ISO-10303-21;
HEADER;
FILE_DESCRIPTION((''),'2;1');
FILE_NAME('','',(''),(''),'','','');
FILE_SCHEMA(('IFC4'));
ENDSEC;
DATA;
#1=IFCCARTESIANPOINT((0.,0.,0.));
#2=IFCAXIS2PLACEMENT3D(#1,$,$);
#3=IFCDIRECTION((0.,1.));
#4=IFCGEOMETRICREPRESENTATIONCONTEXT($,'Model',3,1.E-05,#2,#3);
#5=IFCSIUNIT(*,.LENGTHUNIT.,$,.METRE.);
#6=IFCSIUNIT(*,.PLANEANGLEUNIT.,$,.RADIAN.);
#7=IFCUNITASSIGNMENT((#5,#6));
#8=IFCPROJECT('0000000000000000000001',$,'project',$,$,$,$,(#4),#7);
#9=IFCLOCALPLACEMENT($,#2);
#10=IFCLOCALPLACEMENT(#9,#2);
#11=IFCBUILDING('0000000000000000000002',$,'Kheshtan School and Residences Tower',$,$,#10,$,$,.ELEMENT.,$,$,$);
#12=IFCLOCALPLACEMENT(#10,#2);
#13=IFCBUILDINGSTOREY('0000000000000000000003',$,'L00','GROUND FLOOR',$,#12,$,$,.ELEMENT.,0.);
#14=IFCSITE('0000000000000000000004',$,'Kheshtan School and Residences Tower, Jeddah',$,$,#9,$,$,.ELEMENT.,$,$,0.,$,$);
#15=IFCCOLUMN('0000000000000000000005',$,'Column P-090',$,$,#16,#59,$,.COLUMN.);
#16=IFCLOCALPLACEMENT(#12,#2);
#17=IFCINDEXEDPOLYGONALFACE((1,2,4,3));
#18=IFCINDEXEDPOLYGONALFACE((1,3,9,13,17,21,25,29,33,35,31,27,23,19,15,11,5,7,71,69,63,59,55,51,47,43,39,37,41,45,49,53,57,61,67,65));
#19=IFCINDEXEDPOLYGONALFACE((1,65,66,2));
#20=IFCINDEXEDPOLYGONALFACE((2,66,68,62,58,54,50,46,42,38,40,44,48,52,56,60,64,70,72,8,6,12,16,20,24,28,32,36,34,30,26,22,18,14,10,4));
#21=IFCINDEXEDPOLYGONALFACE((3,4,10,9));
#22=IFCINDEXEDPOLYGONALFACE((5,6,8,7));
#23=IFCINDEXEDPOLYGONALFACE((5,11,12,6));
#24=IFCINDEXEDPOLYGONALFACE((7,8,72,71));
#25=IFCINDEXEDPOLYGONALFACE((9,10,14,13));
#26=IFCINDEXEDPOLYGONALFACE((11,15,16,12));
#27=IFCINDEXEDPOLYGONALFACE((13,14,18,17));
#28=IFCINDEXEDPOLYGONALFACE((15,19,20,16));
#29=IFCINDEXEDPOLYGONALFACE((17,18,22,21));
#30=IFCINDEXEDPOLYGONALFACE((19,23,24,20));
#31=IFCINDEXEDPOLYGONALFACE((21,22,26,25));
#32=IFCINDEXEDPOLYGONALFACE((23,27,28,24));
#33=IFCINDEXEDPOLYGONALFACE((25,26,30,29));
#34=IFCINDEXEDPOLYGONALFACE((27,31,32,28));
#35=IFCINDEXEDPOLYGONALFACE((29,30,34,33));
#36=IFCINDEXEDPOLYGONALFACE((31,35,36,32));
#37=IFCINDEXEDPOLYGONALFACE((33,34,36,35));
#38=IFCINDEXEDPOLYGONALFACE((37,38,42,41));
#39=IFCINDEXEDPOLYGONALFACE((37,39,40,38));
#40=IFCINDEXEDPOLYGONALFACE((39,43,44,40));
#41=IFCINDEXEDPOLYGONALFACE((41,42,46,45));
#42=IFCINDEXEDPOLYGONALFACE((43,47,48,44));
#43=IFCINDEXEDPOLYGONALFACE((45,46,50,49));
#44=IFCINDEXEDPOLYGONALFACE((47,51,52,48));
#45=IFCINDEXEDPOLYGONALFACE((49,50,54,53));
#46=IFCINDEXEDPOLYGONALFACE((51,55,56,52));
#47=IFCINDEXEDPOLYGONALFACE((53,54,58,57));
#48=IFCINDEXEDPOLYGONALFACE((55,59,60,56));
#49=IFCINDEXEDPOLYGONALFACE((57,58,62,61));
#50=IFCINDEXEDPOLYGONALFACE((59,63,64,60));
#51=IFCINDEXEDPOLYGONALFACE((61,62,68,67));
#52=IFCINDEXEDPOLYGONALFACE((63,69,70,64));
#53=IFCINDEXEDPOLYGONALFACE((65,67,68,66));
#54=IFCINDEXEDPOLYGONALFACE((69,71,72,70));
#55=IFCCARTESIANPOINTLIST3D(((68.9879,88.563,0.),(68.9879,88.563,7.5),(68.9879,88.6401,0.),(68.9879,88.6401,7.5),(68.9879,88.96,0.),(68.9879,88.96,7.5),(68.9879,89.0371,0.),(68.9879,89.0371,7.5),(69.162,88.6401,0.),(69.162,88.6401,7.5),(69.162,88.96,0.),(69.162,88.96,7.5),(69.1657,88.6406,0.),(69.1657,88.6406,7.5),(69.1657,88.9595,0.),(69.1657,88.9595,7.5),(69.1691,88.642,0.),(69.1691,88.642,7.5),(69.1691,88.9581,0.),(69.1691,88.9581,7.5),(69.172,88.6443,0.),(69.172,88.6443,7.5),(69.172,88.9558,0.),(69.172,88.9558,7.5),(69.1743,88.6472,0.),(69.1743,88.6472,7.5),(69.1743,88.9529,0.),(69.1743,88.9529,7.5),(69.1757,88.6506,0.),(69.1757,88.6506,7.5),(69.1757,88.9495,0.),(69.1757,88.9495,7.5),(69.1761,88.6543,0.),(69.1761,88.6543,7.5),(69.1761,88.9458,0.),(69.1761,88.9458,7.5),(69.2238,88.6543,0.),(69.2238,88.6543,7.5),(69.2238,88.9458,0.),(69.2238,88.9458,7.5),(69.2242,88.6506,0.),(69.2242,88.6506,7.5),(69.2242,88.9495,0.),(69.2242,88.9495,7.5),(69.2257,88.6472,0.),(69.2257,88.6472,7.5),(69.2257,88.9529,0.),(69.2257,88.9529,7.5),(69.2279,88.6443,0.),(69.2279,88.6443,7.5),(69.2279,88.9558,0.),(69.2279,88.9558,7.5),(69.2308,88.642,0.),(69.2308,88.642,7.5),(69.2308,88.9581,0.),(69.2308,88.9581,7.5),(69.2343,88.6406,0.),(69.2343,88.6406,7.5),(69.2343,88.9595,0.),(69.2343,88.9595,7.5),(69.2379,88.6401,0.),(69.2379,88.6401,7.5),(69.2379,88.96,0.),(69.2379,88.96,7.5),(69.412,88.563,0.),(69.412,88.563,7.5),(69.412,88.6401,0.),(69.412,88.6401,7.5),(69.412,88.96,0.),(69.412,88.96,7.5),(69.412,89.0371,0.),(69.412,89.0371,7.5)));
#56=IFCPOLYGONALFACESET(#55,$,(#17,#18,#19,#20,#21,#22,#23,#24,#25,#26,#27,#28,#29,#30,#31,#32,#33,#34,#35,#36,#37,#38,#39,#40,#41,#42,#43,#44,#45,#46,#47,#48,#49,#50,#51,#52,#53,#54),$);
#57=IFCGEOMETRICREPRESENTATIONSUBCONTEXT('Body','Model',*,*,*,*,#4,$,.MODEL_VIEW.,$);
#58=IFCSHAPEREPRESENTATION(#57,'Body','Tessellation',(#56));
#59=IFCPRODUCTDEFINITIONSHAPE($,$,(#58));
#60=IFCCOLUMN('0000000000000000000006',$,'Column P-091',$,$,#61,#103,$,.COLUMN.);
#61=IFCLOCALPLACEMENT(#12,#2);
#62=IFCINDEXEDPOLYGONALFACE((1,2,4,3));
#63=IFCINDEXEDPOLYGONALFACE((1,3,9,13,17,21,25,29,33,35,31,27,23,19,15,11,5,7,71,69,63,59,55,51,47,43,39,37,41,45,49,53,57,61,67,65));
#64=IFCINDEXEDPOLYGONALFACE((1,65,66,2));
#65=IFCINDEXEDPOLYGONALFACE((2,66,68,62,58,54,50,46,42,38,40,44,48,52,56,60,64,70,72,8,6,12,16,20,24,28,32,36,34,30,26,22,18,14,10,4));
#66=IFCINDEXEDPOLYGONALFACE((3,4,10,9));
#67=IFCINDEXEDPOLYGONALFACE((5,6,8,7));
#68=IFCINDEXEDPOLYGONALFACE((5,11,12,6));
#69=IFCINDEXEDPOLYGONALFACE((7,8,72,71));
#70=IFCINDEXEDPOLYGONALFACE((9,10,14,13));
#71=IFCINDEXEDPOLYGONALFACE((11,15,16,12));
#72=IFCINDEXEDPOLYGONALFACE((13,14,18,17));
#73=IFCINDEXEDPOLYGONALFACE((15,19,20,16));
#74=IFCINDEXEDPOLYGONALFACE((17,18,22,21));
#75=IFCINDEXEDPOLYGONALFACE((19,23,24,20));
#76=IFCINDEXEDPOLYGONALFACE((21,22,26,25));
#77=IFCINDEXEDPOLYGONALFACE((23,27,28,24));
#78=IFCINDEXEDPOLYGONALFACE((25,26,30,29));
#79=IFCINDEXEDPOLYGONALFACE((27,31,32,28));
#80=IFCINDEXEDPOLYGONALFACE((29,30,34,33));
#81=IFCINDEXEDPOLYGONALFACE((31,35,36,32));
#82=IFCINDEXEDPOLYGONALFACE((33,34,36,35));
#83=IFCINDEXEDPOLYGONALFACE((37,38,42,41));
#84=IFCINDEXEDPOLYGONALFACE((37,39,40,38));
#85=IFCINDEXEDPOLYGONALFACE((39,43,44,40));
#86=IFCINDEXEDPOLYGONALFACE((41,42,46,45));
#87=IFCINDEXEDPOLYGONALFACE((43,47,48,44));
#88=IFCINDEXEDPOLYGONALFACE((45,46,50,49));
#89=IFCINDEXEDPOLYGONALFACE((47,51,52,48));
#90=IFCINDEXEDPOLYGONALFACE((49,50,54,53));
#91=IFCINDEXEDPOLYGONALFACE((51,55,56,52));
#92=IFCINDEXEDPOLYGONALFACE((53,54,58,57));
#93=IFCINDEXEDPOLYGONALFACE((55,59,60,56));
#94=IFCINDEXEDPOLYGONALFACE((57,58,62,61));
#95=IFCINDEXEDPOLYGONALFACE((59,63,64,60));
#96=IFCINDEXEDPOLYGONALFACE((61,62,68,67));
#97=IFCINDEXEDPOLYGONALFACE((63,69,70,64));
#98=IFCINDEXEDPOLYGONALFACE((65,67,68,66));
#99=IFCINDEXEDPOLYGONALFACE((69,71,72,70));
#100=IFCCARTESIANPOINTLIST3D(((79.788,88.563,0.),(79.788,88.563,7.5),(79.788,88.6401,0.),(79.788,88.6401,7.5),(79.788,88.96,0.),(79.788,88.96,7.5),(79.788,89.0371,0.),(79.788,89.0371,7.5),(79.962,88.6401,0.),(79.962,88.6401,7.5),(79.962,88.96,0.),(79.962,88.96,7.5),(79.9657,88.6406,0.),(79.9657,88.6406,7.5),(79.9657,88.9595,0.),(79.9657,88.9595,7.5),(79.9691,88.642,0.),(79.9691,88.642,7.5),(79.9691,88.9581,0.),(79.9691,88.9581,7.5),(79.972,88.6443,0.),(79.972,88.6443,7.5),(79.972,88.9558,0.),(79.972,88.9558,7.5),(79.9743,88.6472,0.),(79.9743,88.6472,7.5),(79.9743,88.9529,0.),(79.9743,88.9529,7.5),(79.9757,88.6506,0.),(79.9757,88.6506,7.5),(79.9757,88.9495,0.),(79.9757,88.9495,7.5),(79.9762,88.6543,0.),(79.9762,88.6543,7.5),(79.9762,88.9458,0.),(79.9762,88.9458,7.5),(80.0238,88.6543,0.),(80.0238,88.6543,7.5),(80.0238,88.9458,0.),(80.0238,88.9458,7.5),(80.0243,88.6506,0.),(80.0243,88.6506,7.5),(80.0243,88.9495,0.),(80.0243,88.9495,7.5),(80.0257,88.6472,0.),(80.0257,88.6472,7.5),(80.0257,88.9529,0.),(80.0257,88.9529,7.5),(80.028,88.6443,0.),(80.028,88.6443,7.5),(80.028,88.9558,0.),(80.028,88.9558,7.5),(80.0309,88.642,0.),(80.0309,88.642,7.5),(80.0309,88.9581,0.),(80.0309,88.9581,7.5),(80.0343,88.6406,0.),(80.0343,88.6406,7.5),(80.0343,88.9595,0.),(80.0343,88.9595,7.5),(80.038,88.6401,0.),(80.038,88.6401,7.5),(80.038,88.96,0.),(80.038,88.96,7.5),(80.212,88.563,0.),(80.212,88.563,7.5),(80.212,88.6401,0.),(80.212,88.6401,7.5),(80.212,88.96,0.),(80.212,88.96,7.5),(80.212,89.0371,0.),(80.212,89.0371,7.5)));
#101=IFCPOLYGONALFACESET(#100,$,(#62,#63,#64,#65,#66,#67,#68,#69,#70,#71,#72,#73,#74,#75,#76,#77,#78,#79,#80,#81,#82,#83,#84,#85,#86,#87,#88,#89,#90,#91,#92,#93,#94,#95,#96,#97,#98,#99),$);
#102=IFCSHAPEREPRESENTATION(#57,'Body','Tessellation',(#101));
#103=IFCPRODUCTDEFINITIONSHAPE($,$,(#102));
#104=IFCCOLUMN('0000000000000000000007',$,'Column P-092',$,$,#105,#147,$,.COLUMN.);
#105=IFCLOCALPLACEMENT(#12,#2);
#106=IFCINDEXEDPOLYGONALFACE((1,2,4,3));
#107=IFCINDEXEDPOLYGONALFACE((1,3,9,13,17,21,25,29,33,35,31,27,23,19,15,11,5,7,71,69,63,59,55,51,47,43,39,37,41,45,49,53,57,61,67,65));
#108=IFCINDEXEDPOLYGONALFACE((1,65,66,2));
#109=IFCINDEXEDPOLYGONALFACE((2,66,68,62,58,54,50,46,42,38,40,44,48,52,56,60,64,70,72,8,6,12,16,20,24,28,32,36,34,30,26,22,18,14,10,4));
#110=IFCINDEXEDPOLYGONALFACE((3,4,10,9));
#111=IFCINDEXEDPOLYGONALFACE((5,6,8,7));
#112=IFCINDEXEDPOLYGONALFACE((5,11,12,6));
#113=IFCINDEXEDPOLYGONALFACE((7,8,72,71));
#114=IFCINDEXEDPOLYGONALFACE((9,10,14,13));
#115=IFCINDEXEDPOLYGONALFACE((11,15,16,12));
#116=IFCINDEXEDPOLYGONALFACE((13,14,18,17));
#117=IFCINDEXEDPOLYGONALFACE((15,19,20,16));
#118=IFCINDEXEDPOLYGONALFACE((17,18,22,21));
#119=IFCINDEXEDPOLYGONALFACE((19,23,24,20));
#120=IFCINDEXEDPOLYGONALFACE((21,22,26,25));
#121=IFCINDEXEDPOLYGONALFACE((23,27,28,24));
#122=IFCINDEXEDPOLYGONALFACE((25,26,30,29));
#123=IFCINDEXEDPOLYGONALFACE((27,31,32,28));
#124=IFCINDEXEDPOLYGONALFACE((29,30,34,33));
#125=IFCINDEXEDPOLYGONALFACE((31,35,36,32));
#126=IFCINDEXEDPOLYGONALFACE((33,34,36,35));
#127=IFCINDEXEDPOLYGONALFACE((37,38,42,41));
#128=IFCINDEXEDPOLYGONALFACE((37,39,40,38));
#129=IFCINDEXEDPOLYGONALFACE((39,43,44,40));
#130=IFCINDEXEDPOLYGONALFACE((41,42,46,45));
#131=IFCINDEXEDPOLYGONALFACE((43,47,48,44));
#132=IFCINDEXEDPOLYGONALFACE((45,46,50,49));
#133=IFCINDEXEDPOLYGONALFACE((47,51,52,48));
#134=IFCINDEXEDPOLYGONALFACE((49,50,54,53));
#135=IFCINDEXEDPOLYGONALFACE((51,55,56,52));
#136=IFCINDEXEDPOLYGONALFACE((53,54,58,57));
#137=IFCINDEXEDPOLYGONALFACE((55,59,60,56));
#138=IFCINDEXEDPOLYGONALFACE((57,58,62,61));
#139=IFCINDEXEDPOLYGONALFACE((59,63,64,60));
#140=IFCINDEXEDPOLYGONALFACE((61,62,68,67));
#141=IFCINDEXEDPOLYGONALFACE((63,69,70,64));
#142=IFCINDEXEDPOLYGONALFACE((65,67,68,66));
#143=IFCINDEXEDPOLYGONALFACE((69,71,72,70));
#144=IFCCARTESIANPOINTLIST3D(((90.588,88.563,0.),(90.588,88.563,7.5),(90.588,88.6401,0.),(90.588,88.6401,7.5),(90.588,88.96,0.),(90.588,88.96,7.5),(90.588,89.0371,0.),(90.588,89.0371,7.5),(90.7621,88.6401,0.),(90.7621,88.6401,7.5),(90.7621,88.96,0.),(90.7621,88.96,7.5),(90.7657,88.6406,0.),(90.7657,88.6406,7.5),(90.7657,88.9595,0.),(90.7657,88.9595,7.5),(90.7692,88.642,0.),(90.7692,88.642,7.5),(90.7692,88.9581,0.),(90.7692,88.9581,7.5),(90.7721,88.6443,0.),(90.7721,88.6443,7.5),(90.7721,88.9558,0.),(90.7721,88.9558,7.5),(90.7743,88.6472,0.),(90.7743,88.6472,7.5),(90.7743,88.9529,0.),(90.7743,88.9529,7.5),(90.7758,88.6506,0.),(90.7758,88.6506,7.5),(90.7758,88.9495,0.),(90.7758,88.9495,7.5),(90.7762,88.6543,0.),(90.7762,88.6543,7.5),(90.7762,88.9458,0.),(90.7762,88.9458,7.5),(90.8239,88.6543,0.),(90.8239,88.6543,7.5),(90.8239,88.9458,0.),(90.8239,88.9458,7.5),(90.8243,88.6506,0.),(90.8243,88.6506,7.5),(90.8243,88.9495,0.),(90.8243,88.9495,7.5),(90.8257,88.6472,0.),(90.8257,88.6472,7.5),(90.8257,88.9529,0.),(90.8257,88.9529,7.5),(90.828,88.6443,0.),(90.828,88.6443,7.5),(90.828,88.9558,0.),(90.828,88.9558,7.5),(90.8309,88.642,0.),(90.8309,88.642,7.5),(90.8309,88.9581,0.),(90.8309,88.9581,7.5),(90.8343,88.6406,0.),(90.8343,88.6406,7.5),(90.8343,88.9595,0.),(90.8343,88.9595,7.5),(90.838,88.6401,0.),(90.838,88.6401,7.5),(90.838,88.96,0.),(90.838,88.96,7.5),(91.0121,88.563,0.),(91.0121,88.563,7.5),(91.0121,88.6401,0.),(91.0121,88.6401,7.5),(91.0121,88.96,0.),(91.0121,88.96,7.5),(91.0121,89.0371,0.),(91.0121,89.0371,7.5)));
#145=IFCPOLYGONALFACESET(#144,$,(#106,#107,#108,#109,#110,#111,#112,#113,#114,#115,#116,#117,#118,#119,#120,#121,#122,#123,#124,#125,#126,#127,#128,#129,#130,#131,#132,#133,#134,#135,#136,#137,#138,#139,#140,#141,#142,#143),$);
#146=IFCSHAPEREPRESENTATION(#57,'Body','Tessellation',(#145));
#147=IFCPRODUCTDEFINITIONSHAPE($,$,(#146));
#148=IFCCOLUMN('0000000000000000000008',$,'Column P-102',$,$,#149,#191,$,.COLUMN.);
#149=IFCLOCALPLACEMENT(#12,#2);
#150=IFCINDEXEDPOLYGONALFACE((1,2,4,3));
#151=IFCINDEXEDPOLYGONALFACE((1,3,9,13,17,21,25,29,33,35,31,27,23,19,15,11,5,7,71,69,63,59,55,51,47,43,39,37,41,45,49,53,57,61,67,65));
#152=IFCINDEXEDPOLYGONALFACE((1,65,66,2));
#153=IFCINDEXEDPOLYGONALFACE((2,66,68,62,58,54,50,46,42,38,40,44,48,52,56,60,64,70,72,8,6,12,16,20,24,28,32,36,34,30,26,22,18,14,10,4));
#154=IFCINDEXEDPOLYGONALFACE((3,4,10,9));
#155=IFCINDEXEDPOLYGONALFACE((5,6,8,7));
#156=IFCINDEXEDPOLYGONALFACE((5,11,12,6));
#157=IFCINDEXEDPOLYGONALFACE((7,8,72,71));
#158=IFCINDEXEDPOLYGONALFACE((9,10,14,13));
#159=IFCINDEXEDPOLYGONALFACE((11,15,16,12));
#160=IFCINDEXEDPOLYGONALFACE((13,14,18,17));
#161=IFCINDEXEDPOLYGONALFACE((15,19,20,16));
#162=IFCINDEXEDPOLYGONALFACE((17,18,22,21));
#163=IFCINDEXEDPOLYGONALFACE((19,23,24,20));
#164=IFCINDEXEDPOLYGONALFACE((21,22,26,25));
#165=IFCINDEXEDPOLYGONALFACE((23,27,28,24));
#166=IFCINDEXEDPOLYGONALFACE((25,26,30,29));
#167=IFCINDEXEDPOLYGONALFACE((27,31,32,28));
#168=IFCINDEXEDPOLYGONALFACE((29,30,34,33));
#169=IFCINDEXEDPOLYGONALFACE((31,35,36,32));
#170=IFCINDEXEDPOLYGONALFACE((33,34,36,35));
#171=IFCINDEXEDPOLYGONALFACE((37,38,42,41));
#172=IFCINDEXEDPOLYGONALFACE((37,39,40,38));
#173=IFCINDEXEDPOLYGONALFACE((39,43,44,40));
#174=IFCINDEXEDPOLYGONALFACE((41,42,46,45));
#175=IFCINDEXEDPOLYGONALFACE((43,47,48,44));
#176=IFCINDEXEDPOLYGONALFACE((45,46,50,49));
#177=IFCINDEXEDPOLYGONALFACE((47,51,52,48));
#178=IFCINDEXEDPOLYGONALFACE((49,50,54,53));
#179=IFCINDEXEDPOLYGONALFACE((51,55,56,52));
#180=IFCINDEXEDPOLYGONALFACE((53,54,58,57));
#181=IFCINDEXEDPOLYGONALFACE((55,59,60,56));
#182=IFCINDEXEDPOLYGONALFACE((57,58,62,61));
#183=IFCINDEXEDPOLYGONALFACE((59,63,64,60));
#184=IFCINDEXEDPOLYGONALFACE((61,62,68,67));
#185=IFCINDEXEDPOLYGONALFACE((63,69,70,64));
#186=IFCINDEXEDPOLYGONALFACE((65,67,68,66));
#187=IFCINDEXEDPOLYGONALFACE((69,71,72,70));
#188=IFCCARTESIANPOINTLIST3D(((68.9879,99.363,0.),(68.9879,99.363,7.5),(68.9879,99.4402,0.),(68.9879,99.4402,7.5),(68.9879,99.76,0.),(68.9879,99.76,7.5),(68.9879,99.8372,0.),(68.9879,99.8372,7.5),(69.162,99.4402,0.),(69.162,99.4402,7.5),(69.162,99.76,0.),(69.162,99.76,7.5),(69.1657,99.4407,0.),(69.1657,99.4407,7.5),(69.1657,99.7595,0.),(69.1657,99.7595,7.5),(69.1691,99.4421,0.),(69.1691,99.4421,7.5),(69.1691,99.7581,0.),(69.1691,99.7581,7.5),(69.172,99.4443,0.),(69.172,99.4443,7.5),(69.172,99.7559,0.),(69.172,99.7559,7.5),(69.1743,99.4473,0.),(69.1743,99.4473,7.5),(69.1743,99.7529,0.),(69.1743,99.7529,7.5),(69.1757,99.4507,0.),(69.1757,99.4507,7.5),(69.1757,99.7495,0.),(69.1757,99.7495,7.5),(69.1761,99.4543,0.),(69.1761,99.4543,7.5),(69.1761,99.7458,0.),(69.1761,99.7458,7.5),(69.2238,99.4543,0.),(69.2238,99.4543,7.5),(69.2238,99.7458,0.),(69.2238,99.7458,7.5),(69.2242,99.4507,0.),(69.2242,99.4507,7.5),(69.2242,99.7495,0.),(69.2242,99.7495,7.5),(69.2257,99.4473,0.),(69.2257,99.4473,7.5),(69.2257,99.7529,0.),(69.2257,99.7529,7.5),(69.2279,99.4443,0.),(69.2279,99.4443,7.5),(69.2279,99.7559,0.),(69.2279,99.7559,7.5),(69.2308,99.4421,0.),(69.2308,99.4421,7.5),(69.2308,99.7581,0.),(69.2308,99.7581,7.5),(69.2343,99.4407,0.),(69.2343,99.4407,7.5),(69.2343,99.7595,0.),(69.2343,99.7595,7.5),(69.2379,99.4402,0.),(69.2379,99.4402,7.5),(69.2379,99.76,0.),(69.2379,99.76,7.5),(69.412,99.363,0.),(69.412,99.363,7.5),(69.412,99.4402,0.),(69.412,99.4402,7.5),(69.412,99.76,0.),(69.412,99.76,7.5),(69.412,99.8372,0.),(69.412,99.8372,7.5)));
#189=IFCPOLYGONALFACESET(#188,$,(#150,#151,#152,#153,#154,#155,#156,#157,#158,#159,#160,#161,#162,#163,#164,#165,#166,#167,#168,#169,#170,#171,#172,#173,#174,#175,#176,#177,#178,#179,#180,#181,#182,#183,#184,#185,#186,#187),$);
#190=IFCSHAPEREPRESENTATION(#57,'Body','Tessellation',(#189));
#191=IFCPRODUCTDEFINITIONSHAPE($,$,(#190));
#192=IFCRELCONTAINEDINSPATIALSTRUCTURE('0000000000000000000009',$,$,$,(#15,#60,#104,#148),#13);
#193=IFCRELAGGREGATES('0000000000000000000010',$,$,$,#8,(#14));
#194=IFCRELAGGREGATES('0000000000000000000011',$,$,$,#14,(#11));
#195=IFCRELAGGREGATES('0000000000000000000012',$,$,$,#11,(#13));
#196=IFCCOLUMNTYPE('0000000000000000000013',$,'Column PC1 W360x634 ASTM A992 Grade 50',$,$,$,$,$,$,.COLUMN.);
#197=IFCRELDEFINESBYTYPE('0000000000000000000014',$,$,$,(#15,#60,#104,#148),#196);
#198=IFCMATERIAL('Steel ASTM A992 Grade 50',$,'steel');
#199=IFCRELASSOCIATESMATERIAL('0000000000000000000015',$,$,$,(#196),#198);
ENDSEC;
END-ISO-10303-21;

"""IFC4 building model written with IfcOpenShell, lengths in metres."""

from ifc_helpers import new_model, si_unit, direction, frame, origin, origin_2d, place, context, subcontext, project, spatial, i_section, extrude, material, material_profile, profile_set, type_object, element, save


model = new_model("IFC4")

# Units and contexts
model_context = context("Model", 3, precision=1e-05, world=origin(), true_north=direction((0.0, 1.0)))
body_context = subcontext(model_context, "Body", "Model", "MODEL_VIEW")
ifc_project = project(units=[si_unit("LENGTHUNIT", "METRE"), si_unit("PLANEANGLEUNIT", "RADIAN")], contexts=[model_context])

# Site, building, storey
site_placement = place(None, origin())
site = spatial("IfcSite", under=ifc_project, at=site_placement, Name="Kheshtan School and Residences Tower, Jeddah", CompositionType="ELEMENT", RefElevation=0.0)
building_placement = place(site_placement, origin())
building = spatial("IfcBuilding", under=site, at=building_placement, Name="Kheshtan School and Residences Tower", CompositionType="ELEMENT")
storey_placement = place(building_placement, origin())
storey = spatial("IfcBuildingStorey", under=building, at=storey_placement, Name="L00", Description="GROUND FLOOR", CompositionType="ELEMENT", Elevation=0.0)

# Columns
ifc_material_1 = material(Name="Steel ASTM A992 Grade 50", Category="steel")
ifc_material_profile_1 = material_profile(ifc_material_1, i_section(OverallWidth=0.4241, OverallDepth=0.4741, WebThickness=0.0476, FlangeThickness=0.0771, FilletRadius=0.0142, at=origin_2d()), Name="W360x634")
ifc_profile_set_1 = profile_set([ifc_material_profile_1], Name="Steel ASTM A992 Grade 50")
column_type = type_object("IfcColumnType", Name="Column PC1 W360x634 ASTM A992 Grade 50", PredefinedType="COLUMN", material=ifc_profile_set_1)
for number, where, z_axis, x_axis, name in (
    (1, (69.2, 88.8, 0.0), (0.0, 0.0, 1.0), (1.0, 0.0, 0.0), "Column P-090"),
    (2, (80.0, 88.8, 0.0), (0.0, 0.0, 1.0), (1.0, 0.0, 0.0), "Column P-091"),
    (3, (90.8, 88.8, 0.0), (0.0, 0.0, 1.0), (1.0, 0.0, 0.0), "Column P-092"),
    (4, (69.2, 99.6001, 0.0), (0.0, 0.0, 1.0), (1.0, 0.0, 0.0), "Column P-102"),
):
    element("IfcColumn", number, at=place(storey_placement, frame(where, z_axis=z_axis, x_axis=x_axis)), inside=storey, type_object=column_type, Name=name, PredefinedType="COLUMN", context=body_context, shape_type="SweptSolid", body=[
        extrude(i_section(OverallWidth=0.4241, OverallDepth=0.4741, WebThickness=0.0476, FlangeThickness=0.0771, FilletRadius=0.0142, at=origin_2d()), origin(), (0.0, 0.0, 1.0), 7.5),
    ])

save(model, "model.ifc")
